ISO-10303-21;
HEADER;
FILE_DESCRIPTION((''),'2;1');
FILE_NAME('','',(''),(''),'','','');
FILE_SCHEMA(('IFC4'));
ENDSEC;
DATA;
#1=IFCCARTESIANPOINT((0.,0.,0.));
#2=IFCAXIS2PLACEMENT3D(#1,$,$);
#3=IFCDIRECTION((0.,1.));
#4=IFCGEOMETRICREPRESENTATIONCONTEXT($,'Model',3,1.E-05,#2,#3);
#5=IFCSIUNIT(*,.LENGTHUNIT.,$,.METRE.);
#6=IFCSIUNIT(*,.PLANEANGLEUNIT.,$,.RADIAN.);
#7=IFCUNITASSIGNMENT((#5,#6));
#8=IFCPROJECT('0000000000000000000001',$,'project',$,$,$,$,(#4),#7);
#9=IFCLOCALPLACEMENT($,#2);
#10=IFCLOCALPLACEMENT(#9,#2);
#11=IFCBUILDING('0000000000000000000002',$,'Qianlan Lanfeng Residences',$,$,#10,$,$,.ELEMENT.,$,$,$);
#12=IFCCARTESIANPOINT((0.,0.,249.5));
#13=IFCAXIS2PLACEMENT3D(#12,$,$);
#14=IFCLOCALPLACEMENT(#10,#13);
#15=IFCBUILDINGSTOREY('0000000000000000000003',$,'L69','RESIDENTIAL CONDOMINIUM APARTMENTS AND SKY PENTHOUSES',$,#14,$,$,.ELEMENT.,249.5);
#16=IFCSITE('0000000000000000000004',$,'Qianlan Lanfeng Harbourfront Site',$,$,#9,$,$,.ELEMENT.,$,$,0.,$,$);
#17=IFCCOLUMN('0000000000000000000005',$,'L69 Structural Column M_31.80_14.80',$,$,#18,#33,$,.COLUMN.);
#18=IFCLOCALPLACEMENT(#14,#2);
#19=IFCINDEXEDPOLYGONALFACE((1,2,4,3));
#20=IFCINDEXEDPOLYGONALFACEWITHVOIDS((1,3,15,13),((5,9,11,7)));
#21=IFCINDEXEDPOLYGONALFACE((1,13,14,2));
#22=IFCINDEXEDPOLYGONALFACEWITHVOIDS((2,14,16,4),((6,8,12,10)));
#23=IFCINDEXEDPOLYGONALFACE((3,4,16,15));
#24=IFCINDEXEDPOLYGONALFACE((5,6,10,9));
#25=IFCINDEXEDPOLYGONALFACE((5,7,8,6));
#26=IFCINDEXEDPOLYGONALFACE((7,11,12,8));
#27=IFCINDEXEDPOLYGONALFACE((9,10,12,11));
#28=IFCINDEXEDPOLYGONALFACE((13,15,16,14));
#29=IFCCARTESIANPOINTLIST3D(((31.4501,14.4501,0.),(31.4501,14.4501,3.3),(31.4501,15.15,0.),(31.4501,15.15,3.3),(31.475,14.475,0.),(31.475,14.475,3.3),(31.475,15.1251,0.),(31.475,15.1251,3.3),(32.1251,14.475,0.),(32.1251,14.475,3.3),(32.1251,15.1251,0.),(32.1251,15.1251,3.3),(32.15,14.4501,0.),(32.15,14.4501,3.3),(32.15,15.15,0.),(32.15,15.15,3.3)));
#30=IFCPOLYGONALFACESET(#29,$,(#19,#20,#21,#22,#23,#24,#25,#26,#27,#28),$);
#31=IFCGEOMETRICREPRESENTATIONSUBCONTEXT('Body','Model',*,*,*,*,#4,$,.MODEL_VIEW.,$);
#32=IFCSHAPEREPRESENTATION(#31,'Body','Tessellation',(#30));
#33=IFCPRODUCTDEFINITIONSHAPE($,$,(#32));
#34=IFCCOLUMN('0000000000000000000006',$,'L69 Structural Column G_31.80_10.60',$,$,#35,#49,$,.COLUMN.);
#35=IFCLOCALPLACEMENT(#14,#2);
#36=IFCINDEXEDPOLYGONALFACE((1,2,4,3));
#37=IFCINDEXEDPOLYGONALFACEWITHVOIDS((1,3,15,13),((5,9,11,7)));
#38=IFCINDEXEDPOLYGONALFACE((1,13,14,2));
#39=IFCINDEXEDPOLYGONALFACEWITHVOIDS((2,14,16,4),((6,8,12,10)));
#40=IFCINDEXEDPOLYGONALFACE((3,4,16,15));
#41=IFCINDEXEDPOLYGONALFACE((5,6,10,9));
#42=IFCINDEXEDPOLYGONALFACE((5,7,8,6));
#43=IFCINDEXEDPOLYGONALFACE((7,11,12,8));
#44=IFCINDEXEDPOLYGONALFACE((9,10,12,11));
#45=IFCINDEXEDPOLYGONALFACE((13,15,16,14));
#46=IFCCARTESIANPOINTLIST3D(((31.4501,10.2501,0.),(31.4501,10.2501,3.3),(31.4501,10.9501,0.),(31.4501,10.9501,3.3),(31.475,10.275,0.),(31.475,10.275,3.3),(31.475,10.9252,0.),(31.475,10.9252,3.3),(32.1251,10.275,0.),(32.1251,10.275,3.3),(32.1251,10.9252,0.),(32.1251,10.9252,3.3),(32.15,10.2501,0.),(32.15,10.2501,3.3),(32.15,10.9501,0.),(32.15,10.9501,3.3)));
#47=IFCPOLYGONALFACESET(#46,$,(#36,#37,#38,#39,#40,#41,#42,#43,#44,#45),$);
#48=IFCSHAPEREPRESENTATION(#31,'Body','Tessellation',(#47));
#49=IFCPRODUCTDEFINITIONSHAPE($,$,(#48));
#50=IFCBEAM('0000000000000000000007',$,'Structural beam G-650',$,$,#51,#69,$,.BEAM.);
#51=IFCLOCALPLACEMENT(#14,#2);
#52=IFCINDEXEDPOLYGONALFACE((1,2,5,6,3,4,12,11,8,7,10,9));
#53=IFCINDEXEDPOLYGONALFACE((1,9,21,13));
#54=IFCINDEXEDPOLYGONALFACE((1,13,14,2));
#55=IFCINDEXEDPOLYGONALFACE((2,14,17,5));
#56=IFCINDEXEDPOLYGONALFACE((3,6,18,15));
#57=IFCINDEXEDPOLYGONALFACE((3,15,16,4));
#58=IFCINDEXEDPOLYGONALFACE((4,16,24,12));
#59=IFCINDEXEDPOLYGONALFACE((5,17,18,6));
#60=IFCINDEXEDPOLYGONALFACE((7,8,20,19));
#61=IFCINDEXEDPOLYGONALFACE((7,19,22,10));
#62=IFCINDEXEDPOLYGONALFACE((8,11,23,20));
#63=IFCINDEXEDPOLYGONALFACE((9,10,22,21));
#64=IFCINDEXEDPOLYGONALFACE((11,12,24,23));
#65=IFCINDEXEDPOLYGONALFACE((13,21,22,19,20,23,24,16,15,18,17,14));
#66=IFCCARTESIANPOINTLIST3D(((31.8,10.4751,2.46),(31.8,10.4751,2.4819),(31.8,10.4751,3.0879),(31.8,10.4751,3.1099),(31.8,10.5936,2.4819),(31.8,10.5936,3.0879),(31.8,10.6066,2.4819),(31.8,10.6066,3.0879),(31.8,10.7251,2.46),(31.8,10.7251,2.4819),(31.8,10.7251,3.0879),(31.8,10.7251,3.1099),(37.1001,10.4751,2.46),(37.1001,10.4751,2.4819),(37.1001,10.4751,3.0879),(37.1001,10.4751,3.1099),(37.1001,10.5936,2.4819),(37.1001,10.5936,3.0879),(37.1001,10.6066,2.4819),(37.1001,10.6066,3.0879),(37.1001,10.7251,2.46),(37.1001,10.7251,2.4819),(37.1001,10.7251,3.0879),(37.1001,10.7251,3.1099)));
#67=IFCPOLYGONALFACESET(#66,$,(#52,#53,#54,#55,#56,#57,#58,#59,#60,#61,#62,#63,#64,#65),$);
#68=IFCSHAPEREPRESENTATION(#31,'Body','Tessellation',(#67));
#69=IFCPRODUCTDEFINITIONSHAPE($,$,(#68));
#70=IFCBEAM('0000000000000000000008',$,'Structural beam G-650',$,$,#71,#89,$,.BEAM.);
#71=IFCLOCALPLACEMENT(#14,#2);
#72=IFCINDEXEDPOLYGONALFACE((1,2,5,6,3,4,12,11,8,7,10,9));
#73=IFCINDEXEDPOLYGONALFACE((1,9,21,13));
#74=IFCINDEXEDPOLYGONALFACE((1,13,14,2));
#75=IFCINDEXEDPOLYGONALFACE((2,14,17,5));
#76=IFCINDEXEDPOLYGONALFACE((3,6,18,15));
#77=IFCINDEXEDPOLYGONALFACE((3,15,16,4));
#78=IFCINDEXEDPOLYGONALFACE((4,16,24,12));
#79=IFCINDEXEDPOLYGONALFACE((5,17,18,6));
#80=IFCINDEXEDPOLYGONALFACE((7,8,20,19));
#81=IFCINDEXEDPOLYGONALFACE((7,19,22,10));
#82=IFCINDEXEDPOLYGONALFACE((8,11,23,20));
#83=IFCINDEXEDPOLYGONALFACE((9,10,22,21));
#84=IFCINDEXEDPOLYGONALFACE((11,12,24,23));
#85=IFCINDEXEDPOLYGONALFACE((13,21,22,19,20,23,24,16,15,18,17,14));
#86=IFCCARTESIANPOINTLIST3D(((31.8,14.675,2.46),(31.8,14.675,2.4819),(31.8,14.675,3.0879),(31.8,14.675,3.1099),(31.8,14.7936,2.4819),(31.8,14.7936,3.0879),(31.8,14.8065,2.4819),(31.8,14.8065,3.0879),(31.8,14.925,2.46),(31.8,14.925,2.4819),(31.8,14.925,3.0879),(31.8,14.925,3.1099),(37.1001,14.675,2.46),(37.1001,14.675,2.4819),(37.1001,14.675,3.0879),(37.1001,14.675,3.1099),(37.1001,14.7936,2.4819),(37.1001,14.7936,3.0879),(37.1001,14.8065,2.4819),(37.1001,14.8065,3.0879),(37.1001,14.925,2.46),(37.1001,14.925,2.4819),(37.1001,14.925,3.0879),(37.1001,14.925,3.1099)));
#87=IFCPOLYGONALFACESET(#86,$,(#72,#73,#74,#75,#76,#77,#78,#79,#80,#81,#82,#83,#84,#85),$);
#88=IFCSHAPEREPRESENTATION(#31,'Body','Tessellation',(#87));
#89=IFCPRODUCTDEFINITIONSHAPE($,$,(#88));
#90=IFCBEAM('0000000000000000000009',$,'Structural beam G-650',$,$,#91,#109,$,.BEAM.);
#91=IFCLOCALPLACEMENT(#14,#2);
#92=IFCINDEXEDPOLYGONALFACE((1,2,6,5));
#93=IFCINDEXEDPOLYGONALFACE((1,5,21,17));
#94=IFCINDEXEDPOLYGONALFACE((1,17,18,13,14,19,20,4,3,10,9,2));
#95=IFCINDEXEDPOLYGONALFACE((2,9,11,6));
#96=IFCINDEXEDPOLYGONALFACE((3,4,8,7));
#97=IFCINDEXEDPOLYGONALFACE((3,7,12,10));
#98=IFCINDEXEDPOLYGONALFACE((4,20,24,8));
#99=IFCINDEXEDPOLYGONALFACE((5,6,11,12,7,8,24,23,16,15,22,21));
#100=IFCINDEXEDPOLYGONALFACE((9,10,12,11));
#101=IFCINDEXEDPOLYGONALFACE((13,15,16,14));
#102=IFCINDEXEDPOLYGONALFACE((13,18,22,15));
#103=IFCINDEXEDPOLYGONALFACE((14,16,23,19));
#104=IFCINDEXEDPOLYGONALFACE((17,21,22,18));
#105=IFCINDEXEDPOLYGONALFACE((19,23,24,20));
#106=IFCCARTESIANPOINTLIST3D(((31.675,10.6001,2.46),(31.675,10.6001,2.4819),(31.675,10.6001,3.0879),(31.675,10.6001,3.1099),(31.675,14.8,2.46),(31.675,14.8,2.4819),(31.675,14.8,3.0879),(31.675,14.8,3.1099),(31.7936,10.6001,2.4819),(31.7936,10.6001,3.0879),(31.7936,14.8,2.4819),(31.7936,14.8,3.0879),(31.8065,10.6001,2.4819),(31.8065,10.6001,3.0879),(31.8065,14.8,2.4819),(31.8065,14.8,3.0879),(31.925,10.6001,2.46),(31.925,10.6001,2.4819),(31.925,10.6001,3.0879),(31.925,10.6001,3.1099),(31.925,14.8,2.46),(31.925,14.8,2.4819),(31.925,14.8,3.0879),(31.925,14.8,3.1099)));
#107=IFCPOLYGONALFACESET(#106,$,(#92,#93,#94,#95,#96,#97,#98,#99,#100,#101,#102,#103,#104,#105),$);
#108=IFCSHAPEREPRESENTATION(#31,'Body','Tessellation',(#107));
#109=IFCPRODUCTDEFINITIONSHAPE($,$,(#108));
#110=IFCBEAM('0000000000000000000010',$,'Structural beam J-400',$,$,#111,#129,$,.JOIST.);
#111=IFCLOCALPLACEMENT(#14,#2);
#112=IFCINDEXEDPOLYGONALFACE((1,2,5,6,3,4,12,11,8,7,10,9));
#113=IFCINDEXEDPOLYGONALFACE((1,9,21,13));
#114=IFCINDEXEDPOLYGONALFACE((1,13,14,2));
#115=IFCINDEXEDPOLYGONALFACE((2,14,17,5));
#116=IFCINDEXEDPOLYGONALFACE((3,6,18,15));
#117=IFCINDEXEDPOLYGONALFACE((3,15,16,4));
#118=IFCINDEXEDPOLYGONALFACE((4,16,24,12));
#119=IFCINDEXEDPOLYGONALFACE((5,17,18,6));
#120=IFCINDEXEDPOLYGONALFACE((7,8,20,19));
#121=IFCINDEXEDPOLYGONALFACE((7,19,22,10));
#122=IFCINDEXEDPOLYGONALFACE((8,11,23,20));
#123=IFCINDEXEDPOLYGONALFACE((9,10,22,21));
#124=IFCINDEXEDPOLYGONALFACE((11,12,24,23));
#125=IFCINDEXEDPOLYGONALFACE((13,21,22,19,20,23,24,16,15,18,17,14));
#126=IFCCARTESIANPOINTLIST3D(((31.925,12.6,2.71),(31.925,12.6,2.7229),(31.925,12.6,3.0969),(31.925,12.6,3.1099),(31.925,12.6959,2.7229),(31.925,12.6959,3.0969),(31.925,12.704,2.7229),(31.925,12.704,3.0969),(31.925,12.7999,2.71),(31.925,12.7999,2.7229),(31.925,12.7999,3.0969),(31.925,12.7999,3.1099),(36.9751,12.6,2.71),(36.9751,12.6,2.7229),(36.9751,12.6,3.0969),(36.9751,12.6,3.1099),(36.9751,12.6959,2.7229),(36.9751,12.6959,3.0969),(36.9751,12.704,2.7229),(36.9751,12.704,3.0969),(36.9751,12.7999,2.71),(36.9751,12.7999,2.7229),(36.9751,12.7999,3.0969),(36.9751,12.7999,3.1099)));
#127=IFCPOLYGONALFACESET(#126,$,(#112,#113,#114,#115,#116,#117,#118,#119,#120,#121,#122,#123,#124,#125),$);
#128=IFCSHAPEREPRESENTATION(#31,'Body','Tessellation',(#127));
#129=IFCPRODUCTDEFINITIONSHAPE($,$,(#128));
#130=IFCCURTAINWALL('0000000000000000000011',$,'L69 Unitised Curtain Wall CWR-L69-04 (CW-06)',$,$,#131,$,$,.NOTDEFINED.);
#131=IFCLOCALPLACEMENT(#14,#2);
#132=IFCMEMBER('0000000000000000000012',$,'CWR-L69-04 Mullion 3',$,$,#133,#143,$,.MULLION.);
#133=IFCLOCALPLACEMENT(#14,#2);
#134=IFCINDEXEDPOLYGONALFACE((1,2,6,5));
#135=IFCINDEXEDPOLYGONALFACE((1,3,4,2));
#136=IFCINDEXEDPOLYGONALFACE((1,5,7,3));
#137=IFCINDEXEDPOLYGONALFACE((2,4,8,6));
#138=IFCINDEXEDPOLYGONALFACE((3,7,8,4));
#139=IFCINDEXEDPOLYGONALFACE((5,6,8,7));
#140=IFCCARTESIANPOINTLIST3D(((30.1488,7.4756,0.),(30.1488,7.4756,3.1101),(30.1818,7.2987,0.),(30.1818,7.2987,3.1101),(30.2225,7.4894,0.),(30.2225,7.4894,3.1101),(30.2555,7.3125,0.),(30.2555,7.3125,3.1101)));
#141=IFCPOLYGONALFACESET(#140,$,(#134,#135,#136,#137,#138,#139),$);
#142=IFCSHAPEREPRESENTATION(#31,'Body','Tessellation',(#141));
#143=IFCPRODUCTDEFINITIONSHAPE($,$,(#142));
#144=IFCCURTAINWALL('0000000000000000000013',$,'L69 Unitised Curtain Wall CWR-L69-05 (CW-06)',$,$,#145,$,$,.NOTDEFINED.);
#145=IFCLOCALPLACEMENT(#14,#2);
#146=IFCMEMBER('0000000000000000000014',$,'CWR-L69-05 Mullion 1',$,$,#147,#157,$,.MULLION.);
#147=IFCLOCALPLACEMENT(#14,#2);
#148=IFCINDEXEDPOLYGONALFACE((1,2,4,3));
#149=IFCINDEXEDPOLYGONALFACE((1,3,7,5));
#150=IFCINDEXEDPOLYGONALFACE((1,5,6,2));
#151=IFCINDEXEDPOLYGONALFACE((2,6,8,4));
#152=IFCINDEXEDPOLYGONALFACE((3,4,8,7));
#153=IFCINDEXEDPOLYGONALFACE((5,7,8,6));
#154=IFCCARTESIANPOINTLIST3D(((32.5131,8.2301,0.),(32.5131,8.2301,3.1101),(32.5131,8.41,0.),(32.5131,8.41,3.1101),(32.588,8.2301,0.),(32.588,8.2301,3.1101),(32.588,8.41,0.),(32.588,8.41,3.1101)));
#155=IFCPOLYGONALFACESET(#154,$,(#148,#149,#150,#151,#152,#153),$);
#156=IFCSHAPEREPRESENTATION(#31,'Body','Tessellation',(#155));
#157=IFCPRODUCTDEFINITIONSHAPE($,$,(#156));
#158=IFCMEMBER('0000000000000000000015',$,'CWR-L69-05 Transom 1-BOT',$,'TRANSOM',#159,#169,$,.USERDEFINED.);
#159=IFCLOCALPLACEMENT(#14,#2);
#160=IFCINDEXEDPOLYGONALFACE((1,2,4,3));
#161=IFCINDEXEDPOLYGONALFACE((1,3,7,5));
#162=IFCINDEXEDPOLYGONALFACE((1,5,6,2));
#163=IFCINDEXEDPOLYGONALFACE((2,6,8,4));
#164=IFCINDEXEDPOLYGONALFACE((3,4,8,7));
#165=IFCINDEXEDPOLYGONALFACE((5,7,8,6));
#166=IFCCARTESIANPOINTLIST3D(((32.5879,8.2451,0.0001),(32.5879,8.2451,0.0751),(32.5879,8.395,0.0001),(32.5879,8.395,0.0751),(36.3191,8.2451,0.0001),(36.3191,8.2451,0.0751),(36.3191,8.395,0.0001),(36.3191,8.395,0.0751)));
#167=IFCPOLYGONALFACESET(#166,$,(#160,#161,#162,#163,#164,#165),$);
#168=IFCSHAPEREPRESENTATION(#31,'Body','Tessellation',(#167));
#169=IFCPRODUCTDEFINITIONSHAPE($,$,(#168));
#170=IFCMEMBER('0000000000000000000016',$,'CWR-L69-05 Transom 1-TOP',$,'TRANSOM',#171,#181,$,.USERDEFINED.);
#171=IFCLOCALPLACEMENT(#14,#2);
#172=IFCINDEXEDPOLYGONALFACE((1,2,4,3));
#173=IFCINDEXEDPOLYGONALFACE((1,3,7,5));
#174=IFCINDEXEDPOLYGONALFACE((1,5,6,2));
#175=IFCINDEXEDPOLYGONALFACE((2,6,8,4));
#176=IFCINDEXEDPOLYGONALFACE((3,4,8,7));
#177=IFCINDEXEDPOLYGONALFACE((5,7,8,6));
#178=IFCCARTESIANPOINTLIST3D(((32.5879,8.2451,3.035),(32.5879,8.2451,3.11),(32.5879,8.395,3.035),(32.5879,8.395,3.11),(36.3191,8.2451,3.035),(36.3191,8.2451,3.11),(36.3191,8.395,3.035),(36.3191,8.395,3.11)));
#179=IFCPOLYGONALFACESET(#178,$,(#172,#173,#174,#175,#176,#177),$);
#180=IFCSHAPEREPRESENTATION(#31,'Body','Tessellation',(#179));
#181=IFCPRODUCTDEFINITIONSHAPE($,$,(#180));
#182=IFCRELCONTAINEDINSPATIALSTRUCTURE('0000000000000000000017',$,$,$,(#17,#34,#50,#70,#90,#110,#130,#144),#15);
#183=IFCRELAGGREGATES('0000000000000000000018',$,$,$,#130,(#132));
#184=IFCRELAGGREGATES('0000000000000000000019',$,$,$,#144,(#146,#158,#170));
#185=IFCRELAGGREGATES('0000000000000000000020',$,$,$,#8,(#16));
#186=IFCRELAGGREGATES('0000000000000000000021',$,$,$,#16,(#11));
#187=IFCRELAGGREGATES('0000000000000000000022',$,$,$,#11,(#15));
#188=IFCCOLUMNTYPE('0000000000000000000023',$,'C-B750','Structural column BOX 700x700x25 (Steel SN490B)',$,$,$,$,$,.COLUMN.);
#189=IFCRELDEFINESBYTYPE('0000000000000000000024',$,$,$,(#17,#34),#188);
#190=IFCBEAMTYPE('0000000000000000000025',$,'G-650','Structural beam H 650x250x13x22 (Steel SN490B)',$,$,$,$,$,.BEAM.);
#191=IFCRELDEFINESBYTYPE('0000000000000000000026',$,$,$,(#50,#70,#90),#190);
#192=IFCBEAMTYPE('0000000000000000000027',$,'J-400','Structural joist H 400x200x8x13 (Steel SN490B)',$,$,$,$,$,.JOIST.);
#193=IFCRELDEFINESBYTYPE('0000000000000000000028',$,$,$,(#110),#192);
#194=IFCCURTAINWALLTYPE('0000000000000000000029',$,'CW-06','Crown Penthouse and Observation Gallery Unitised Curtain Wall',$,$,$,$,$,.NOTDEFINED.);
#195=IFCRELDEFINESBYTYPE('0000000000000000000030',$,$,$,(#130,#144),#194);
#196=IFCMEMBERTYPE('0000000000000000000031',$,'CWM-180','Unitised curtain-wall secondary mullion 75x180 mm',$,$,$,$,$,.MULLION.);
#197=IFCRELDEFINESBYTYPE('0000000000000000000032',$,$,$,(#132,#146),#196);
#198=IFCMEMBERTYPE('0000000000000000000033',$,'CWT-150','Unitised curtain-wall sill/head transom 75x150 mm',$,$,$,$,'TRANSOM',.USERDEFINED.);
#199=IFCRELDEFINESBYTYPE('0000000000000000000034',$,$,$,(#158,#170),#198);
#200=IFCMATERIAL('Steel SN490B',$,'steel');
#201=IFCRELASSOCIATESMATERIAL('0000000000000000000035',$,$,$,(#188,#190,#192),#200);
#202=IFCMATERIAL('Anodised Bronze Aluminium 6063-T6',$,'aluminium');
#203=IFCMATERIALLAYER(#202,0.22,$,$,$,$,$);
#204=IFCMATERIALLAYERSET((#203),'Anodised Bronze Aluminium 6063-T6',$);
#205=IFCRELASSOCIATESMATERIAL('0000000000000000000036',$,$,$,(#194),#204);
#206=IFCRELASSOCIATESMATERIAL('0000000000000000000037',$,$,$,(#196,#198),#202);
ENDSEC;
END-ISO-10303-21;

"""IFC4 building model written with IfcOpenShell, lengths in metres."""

from ifc_helpers import new_model, si_unit, direction, frame, origin, origin_2d, place, context, subcontext, project, spatial, rectangle, hollow_rectangle, i_section, extrude, source, transform, mapped, material, layer, layer_set, material_profile, profile_set, type_object, element, aggregate, save


model = new_model("IFC4")

# Units and contexts
model_context = context("Model", 3, precision=1e-05, world=origin(), true_north=direction((0.0, 1.0)))
body_context = subcontext(model_context, "Body", "Model", "MODEL_VIEW")
ifc_project = project(units=[si_unit("LENGTHUNIT", "METRE"), si_unit("PLANEANGLEUNIT", "RADIAN")], contexts=[model_context])

# Site, building, storey
site_placement = place(None, origin())
site = spatial("IfcSite", under=ifc_project, at=site_placement, Name="Qianlan Lanfeng Harbourfront Site", CompositionType="ELEMENT", RefElevation=0.0)
building_placement = place(site_placement, origin())
building = spatial("IfcBuilding", under=site, at=building_placement, Name="Qianlan Lanfeng Residences", CompositionType="ELEMENT")
storey_placement = place(building_placement, frame((0.0, 0.0, 249.5)))
storey = spatial("IfcBuildingStorey", under=building, at=storey_placement, Name="L69", Description="RESIDENTIAL CONDOMINIUM APARTMENTS AND SKY PENTHOUSES", CompositionType="ELEMENT", Elevation=249.5)

# Columns
ifc_material_1 = material(Name="Steel SN490B", Category="steel")
ifc_material_profile_1 = material_profile(ifc_material_1, hollow_rectangle(XDim=0.7, YDim=0.7, WallThickness=0.0249, at=origin_2d()), Name="BOX 700x700x25")
ifc_profile_set_1 = profile_set([ifc_material_profile_1], Name="Steel SN490B")
column_type = type_object("IfcColumnType", Name="C-B750", Description="Structural column BOX 700x700x25 (Steel SN490B)", PredefinedType="COLUMN", material=ifc_profile_set_1)
for number, where, z_axis, x_axis, name in (
    (1, (31.8, 14.8, 0.0), (0.0, 0.0, 1.0), (1.0, 0.0, 0.0), "L69 Structural Column M_31.80_14.80"),
    (2, (31.8, 10.6001, 0.0), (0.0, 0.0, 1.0), (1.0, 0.0, 0.0), "L69 Structural Column G_31.80_10.60"),
):
    element("IfcColumn", number, at=place(storey_placement, frame(where, z_axis=z_axis, x_axis=x_axis)), inside=storey, type_object=column_type, Name=name, PredefinedType="COLUMN", context=body_context, shape_type="SweptSolid", body=[
        extrude(hollow_rectangle(XDim=0.7, YDim=0.7, WallThickness=0.0249, at=origin_2d()), origin(), (0.0, 0.0, 1.0), 3.3),
    ])

# Beams
ifc_material_profile_2 = material_profile(ifc_material_1, i_section(OverallWidth=0.25, OverallDepth=0.6499, WebThickness=0.0129, FlangeThickness=0.022, at=origin_2d()), Name="H 650x250x13x22")
ifc_profile_set_2 = profile_set([ifc_material_profile_2], Name="Steel SN490B")
beam_type_1 = type_object("IfcBeamType", Name="G-650", Description="Structural beam H 650x250x13x22 (Steel SN490B)", PredefinedType="BEAM", material=ifc_profile_set_2)
for number, where, z_axis, x_axis, name in (
    (3, (31.8, 10.6001, 2.7849), (1.0, 0.0, 0.0), (0.0, 1.0, 0.0), "Structural beam G-650"),
    (4, (31.8, 14.8, 2.7849), (1.0, 0.0, 0.0), (0.0, 1.0, 0.0), "Structural beam G-650"),
):
    element("IfcBeam", number, at=place(storey_placement, frame(where, z_axis=z_axis, x_axis=x_axis)), inside=storey, type_object=beam_type_1, Name=name, PredefinedType="BEAM", context=body_context, shape_type="SweptSolid", body=[
        extrude(i_section(OverallWidth=0.25, OverallDepth=0.6499, WebThickness=0.0129, FlangeThickness=0.022, at=origin_2d()), origin(), (0.0, 0.0, 1.0), 5.3),
    ])
beam_1_placement = place(storey_placement, frame((31.8, 10.6001, 2.7849), z_axis=(0.0, 1.0, 0.0), x_axis=(-1.0, 0.0, 0.0)))
element("IfcBeam", 5, at=beam_1_placement, inside=storey, type_object=beam_type_1, Name="Structural beam G-650", PredefinedType="BEAM", context=body_context, shape_type="SweptSolid", body=[
    extrude(i_section(OverallWidth=0.25, OverallDepth=0.6499, WebThickness=0.0129, FlangeThickness=0.022, at=origin_2d()), origin(), (0.0, 0.0, 1.0), 4.2),
])
ifc_material_profile_3 = material_profile(ifc_material_1, i_section(OverallWidth=0.2, OverallDepth=0.3999, WebThickness=0.0081, FlangeThickness=0.0129, at=origin_2d()), Name="H 400x200x8x13")
ifc_profile_set_3 = profile_set([ifc_material_profile_3], Name="Steel SN490B")
beam_type_2 = type_object("IfcBeamType", Name="J-400", Description="Structural joist H 400x200x8x13 (Steel SN490B)", PredefinedType="JOIST", material=ifc_profile_set_3)
beam_2_placement = place(storey_placement, frame((31.925, 12.7, 2.9099), z_axis=(1.0, 0.0, 0.0), x_axis=(0.0, 1.0, 0.0)))
element("IfcBeam", 6, at=beam_2_placement, inside=storey, type_object=beam_type_2, Name="Structural beam J-400", PredefinedType="JOIST", context=body_context, shape_type="SweptSolid", body=[
    extrude(i_section(OverallWidth=0.2, OverallDepth=0.3999, WebThickness=0.0081, FlangeThickness=0.0129, at=origin_2d()), origin(), (0.0, 0.0, 1.0), 5.05),
])

# Curtain wall, member
ifc_material_2 = material(Name="Anodised Bronze Aluminium 6063-T6", Category="aluminium")
ifc_layer_1 = layer(ifc_material_2, 0.22)
ifc_layer_set_1 = layer_set([ifc_layer_1], Name="Anodised Bronze Aluminium 6063-T6")
curtain_wall_type = type_object("IfcCurtainWallType", Name="CW-06", Description="Crown Penthouse and Observation Gallery Unitised Curtain Wall", PredefinedType="NOTDEFINED", material=ifc_layer_set_1)
curtain_wall_1_placement = place(storey_placement, origin())
curtain_wall_1 = element("IfcCurtainWall", 7, at=curtain_wall_1_placement, inside=storey, type_object=curtain_wall_type, Name="L69 Unitised Curtain Wall CWR-L69-04 (CW-06)", PredefinedType="NOTDEFINED")
ifc_material_profile_4 = material_profile(ifc_material_2, rectangle(XDim=0.075, YDim=0.1799, at=origin_2d()), Name="ALU MULLION 75x180")
ifc_profile_set_4 = profile_set([ifc_material_profile_4], Name="Anodised Bronze Aluminium 6063-T6")
member_type_1 = type_object("IfcMemberType", Name="CWM-180", Description="Unitised curtain-wall secondary mullion 75x180 mm", PredefinedType="MULLION", material=ifc_profile_set_4)
shared_shape_1 = source(origin(), body_context, "Body", "SweptSolid", [
    extrude(rectangle(XDim=0.075, YDim=0.1799, at=origin_2d()), origin(), (0.0, 0.0, 1.0), 3.1101),
])
member_1_placement = place(storey_placement, frame((30.2021, 7.394, 0.0), z_axis=(0.0, 0.0, 1.0), x_axis=(0.983039, 0.183395, 0.0)))
member_1 = element("IfcMember", 8, at=member_1_placement, type_object=member_type_1, Name="CWR-L69-04 Mullion 3", PredefinedType="MULLION", context=body_context, shape_type="MappedRepresentation", body=[
    mapped(shared_shape_1, transform((0.0, 0.0, 0.0), scale=1.0)),
])
aggregate(curtain_wall_1, [member_1])

# Curtain wall, members
curtain_wall_2_placement = place(storey_placement, origin())
curtain_wall_2 = element("IfcCurtainWall", 9, at=curtain_wall_2_placement, inside=storey, type_object=curtain_wall_type, Name="L69 Unitised Curtain Wall CWR-L69-05 (CW-06)", PredefinedType="NOTDEFINED")
member_2_placement = place(storey_placement, frame((32.5505, 8.3201, 0.0), z_axis=(0.0, 0.0, 1.0), x_axis=(1.0, 0.0, 0.0)))
member_2 = element("IfcMember", 10, at=member_2_placement, type_object=member_type_1, Name="CWR-L69-05 Mullion 1", PredefinedType="MULLION", context=body_context, shape_type="MappedRepresentation", body=[
    mapped(shared_shape_1, transform((0.0, 0.0, 0.0), scale=1.0)),
])
ifc_material_profile_5 = material_profile(ifc_material_2, rectangle(XDim=0.075, YDim=0.1499, at=origin_2d()), Name="ALU TRANSOM 75x150")
ifc_profile_set_5 = profile_set([ifc_material_profile_5], Name="Anodised Bronze Aluminium 6063-T6")
member_type_2 = type_object("IfcMemberType", Name="CWT-150", Description="Unitised curtain-wall sill/head transom 75x150 mm", ElementType="TRANSOM", PredefinedType="USERDEFINED", material=ifc_profile_set_5)
shared_shape_2 = source(origin(), body_context, "Body", "SweptSolid", [
    extrude(rectangle(XDim=0.075, YDim=0.1499, at=origin_2d()), origin(), (0.0, 0.0, 1.0), 3.7312),
])
member_3_placement = place(storey_placement, frame((32.5879, 8.3201, 0.0376), z_axis=(1.0, 0.0, 0.0), x_axis=(0.0, 0.0, 1.0)))
member_3 = element("IfcMember", 11, at=member_3_placement, type_object=member_type_2, Name="CWR-L69-05 Transom 1-BOT", ObjectType="TRANSOM", PredefinedType="USERDEFINED", context=body_context, shape_type="MappedRepresentation", body=[
    mapped(shared_shape_2, transform((0.0, 0.0, 0.0), scale=1.0)),
])
member_4_placement = place(storey_placement, frame((32.5879, 8.3201, 3.0725), z_axis=(1.0, 0.0, 0.0), x_axis=(0.0, 0.0, 1.0)))
member_4 = element("IfcMember", 12, at=member_4_placement, type_object=member_type_2, Name="CWR-L69-05 Transom 1-TOP", ObjectType="TRANSOM", PredefinedType="USERDEFINED", context=body_context, shape_type="MappedRepresentation", body=[
    mapped(shared_shape_2, transform((0.0, 0.0, 0.0), scale=1.0)),
])
aggregate(curtain_wall_2, [member_2, member_3, member_4])

save(model, "model.ifc")
